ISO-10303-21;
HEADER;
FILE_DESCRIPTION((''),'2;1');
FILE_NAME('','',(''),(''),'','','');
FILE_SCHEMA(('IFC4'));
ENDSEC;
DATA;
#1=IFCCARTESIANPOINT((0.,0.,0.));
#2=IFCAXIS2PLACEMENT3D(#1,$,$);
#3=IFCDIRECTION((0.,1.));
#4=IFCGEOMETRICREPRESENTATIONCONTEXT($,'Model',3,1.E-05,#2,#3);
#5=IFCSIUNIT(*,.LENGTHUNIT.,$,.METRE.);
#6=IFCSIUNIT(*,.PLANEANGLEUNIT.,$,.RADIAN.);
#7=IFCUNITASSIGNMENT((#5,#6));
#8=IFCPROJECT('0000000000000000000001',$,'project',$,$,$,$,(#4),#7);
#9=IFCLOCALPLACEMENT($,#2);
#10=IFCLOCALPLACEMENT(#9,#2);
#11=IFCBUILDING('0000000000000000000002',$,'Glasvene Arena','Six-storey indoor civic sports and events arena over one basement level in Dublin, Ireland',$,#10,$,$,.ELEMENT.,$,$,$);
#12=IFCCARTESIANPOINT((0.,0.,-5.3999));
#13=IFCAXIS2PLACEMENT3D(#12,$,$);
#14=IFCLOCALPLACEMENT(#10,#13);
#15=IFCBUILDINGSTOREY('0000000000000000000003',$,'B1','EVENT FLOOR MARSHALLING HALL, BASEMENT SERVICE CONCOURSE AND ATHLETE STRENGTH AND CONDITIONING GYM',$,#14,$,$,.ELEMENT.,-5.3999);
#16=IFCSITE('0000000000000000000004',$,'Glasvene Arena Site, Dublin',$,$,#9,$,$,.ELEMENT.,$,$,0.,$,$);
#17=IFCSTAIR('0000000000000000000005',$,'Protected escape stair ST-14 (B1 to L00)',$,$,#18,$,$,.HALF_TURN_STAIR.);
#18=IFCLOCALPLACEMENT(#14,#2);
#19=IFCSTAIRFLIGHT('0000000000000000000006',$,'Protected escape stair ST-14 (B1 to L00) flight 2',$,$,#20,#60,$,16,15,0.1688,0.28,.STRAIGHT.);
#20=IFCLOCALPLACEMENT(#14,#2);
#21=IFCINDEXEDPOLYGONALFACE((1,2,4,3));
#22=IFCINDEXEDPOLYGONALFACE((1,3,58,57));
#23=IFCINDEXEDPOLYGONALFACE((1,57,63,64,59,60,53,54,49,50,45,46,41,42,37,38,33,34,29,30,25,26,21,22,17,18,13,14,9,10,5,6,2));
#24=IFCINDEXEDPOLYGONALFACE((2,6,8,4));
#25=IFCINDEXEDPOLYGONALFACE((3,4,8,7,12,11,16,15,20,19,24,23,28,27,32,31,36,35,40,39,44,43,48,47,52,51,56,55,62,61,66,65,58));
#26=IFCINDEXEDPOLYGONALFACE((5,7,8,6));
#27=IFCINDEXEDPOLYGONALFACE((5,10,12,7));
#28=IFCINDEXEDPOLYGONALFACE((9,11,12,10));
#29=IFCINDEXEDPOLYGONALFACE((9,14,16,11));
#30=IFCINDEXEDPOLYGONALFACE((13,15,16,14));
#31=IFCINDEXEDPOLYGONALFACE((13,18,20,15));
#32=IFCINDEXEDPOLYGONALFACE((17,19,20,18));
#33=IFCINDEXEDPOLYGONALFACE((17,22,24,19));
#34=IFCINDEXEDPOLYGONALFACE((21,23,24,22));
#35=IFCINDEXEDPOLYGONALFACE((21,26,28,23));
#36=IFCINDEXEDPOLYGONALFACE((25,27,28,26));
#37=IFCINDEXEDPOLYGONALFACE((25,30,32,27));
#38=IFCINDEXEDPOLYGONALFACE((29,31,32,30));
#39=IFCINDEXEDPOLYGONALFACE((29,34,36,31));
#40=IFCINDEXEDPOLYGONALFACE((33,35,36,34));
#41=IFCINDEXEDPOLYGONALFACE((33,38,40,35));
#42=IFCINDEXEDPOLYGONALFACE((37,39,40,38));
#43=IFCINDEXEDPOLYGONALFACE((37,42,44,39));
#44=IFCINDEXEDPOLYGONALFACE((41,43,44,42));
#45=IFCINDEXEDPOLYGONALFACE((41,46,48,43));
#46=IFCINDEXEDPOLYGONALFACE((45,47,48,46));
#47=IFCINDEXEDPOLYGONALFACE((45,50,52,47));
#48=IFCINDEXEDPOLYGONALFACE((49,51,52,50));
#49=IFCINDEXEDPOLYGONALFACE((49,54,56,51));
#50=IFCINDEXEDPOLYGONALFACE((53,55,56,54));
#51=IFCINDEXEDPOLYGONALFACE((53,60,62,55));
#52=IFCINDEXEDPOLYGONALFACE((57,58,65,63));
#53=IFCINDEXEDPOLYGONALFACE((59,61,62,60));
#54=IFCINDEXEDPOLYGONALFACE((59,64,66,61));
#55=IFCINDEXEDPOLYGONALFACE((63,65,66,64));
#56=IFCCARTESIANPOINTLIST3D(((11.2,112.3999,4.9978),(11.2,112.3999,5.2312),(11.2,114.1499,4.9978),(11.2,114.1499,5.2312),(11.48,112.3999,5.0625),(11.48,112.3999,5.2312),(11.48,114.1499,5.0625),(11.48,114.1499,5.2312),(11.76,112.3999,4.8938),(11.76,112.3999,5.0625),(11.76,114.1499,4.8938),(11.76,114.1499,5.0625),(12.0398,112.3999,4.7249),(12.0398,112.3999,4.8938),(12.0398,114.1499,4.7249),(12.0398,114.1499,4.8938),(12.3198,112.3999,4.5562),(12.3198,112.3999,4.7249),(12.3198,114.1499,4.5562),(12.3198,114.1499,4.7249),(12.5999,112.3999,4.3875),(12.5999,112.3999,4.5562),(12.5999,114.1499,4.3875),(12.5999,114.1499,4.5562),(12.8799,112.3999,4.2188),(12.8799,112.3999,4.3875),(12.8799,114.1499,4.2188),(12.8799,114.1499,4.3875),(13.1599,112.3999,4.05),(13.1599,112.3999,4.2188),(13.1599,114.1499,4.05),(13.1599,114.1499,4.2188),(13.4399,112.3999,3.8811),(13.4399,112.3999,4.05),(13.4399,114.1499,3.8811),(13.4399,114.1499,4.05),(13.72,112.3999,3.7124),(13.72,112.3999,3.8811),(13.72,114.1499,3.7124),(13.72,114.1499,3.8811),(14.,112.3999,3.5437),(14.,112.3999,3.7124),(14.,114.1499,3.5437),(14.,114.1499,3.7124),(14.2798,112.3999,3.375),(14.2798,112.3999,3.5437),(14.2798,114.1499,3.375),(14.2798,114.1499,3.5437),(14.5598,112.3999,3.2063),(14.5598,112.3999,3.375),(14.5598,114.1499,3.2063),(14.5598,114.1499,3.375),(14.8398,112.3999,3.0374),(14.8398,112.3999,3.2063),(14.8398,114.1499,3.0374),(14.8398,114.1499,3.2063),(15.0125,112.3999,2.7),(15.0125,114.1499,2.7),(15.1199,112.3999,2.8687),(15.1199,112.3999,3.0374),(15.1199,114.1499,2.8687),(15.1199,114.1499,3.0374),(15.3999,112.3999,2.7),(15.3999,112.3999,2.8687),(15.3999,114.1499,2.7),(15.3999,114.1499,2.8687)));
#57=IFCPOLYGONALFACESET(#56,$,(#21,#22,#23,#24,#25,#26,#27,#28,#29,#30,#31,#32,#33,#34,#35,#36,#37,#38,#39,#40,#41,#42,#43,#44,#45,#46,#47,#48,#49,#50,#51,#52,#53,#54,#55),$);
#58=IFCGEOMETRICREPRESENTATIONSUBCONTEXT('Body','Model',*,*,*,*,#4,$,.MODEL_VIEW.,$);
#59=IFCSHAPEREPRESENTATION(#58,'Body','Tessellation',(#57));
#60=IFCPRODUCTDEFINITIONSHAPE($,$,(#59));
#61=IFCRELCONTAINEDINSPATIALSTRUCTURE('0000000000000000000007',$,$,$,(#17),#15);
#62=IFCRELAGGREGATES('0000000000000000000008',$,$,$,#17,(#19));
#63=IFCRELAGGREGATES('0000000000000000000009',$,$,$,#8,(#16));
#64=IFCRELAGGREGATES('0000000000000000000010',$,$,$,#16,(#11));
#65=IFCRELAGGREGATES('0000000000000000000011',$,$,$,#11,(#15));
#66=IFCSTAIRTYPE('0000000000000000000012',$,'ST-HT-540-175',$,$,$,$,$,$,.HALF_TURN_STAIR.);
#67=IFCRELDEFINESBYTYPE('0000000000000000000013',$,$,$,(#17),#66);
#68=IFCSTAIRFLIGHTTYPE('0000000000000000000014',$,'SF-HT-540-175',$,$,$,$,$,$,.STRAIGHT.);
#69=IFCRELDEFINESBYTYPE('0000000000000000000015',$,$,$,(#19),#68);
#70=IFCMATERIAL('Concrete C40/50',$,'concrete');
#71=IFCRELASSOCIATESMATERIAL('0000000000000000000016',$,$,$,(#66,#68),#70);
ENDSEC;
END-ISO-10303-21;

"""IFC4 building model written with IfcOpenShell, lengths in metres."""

from ifc_helpers import new_model, si_unit, direction, frame, origin, place, context, subcontext, project, spatial, polyline, outline, extrude, material, type_object, element, aggregate, save


model = new_model("IFC4")

# Units and contexts
model_context = context("Model", 3, precision=1e-05, world=origin(), true_north=direction((0.0, 1.0)))
body_context = subcontext(model_context, "Body", "Model", "MODEL_VIEW")
ifc_project = project(units=[si_unit("LENGTHUNIT", "METRE"), si_unit("PLANEANGLEUNIT", "RADIAN")], contexts=[model_context])

# Site, building, storey
site_placement = place(None, origin())
site = spatial("IfcSite", under=ifc_project, at=site_placement, Name="Glasvene Arena Site, Dublin", CompositionType="ELEMENT", RefElevation=0.0)
building_placement = place(site_placement, origin())
building = spatial("IfcBuilding", under=site, at=building_placement, Name="Glasvene Arena", Description="Six-storey indoor civic sports and events arena over one basement level in Dublin, Ireland", CompositionType="ELEMENT")
storey_placement = place(building_placement, frame((0.0, 0.0, -5.3999)))
storey = spatial("IfcBuildingStorey", under=building, at=storey_placement, Name="B1", Description="EVENT FLOOR MARSHALLING HALL, BASEMENT SERVICE CONCOURSE AND ATHLETE STRENGTH AND CONDITIONING GYM", CompositionType="ELEMENT", Elevation=-5.3999)

# Shared definitions
ifc_material_1 = material(Name="Concrete C40/50", Category="concrete")

# Stair
stair_type = type_object("IfcStairType", Name="ST-HT-540-175", PredefinedType="HALF_TURN_STAIR", material=ifc_material_1)
stair_placement = place(storey_placement, origin())
stair = element("IfcStair", 1, at=stair_placement, inside=storey, type_object=stair_type, Name="Protected escape stair ST-14 (B1 to L00)", PredefinedType="HALF_TURN_STAIR")

# Stair flight
stair_flight_type = type_object("IfcStairFlightType", Name="SF-HT-540-175", PredefinedType="STRAIGHT", material=ifc_material_1)
stair_flight_1_placement = place(storey_placement, frame((15.3999, 113.2749, 2.7), z_axis=(0.0, 0.0, 1.0), x_axis=(-1.0, 0.0, 0.0)))
stair_flight_1 = element("IfcStairFlight", 2, at=stair_flight_1_placement, type_object=stair_flight_type, Name="Protected escape stair ST-14 (B1 to L00) flight 2", NumberOfRisers=16, NumberOfTreads=15, PredefinedType="STRAIGHT", RiserHeight=0.1688, TreadLength=0.28, context=body_context, shape_type="SweptSolid", body=[
    extrude(outline(polyline([(0.0, 0.0), (0.0, 0.1687), (0.28, 0.1687), (0.28, 0.3374), (0.5601, 0.3374), (0.5601, 0.5063), (0.8401, 0.5063), (0.8401, 0.675), (1.1201, 0.675), (1.1201, 0.8438), (1.3999, 0.8438), (1.3999, 1.0125), (1.6799, 1.0125), (1.6799, 1.1812), (1.96, 1.1812), (1.96, 1.3501), (2.24, 1.3501), (2.24, 1.5188), (2.52, 1.5188), (2.52, 1.6875), (2.8, 1.6875), (2.8, 1.8562), (3.0801, 1.8562), (3.0801, 2.0249), (3.3601, 2.0249), (3.3601, 2.1938), (3.6399, 2.1938), (3.6399, 2.3625), (3.9199, 2.3625), (3.9199, 2.5312), (4.2, 2.5312), (4.2, 2.7), (4.2, 2.2979), (0.3875, 0.0), (0.0, 0.0)])), frame((0.0, 0.875, 0.0), z_axis=(0.0, -1.0, 0.0), x_axis=(1.0, 0.0, 0.0)), (0.0, 0.0, 1.0), 1.75),
])
aggregate(stair, [stair_flight_1])

save(model, "model.ifc")
